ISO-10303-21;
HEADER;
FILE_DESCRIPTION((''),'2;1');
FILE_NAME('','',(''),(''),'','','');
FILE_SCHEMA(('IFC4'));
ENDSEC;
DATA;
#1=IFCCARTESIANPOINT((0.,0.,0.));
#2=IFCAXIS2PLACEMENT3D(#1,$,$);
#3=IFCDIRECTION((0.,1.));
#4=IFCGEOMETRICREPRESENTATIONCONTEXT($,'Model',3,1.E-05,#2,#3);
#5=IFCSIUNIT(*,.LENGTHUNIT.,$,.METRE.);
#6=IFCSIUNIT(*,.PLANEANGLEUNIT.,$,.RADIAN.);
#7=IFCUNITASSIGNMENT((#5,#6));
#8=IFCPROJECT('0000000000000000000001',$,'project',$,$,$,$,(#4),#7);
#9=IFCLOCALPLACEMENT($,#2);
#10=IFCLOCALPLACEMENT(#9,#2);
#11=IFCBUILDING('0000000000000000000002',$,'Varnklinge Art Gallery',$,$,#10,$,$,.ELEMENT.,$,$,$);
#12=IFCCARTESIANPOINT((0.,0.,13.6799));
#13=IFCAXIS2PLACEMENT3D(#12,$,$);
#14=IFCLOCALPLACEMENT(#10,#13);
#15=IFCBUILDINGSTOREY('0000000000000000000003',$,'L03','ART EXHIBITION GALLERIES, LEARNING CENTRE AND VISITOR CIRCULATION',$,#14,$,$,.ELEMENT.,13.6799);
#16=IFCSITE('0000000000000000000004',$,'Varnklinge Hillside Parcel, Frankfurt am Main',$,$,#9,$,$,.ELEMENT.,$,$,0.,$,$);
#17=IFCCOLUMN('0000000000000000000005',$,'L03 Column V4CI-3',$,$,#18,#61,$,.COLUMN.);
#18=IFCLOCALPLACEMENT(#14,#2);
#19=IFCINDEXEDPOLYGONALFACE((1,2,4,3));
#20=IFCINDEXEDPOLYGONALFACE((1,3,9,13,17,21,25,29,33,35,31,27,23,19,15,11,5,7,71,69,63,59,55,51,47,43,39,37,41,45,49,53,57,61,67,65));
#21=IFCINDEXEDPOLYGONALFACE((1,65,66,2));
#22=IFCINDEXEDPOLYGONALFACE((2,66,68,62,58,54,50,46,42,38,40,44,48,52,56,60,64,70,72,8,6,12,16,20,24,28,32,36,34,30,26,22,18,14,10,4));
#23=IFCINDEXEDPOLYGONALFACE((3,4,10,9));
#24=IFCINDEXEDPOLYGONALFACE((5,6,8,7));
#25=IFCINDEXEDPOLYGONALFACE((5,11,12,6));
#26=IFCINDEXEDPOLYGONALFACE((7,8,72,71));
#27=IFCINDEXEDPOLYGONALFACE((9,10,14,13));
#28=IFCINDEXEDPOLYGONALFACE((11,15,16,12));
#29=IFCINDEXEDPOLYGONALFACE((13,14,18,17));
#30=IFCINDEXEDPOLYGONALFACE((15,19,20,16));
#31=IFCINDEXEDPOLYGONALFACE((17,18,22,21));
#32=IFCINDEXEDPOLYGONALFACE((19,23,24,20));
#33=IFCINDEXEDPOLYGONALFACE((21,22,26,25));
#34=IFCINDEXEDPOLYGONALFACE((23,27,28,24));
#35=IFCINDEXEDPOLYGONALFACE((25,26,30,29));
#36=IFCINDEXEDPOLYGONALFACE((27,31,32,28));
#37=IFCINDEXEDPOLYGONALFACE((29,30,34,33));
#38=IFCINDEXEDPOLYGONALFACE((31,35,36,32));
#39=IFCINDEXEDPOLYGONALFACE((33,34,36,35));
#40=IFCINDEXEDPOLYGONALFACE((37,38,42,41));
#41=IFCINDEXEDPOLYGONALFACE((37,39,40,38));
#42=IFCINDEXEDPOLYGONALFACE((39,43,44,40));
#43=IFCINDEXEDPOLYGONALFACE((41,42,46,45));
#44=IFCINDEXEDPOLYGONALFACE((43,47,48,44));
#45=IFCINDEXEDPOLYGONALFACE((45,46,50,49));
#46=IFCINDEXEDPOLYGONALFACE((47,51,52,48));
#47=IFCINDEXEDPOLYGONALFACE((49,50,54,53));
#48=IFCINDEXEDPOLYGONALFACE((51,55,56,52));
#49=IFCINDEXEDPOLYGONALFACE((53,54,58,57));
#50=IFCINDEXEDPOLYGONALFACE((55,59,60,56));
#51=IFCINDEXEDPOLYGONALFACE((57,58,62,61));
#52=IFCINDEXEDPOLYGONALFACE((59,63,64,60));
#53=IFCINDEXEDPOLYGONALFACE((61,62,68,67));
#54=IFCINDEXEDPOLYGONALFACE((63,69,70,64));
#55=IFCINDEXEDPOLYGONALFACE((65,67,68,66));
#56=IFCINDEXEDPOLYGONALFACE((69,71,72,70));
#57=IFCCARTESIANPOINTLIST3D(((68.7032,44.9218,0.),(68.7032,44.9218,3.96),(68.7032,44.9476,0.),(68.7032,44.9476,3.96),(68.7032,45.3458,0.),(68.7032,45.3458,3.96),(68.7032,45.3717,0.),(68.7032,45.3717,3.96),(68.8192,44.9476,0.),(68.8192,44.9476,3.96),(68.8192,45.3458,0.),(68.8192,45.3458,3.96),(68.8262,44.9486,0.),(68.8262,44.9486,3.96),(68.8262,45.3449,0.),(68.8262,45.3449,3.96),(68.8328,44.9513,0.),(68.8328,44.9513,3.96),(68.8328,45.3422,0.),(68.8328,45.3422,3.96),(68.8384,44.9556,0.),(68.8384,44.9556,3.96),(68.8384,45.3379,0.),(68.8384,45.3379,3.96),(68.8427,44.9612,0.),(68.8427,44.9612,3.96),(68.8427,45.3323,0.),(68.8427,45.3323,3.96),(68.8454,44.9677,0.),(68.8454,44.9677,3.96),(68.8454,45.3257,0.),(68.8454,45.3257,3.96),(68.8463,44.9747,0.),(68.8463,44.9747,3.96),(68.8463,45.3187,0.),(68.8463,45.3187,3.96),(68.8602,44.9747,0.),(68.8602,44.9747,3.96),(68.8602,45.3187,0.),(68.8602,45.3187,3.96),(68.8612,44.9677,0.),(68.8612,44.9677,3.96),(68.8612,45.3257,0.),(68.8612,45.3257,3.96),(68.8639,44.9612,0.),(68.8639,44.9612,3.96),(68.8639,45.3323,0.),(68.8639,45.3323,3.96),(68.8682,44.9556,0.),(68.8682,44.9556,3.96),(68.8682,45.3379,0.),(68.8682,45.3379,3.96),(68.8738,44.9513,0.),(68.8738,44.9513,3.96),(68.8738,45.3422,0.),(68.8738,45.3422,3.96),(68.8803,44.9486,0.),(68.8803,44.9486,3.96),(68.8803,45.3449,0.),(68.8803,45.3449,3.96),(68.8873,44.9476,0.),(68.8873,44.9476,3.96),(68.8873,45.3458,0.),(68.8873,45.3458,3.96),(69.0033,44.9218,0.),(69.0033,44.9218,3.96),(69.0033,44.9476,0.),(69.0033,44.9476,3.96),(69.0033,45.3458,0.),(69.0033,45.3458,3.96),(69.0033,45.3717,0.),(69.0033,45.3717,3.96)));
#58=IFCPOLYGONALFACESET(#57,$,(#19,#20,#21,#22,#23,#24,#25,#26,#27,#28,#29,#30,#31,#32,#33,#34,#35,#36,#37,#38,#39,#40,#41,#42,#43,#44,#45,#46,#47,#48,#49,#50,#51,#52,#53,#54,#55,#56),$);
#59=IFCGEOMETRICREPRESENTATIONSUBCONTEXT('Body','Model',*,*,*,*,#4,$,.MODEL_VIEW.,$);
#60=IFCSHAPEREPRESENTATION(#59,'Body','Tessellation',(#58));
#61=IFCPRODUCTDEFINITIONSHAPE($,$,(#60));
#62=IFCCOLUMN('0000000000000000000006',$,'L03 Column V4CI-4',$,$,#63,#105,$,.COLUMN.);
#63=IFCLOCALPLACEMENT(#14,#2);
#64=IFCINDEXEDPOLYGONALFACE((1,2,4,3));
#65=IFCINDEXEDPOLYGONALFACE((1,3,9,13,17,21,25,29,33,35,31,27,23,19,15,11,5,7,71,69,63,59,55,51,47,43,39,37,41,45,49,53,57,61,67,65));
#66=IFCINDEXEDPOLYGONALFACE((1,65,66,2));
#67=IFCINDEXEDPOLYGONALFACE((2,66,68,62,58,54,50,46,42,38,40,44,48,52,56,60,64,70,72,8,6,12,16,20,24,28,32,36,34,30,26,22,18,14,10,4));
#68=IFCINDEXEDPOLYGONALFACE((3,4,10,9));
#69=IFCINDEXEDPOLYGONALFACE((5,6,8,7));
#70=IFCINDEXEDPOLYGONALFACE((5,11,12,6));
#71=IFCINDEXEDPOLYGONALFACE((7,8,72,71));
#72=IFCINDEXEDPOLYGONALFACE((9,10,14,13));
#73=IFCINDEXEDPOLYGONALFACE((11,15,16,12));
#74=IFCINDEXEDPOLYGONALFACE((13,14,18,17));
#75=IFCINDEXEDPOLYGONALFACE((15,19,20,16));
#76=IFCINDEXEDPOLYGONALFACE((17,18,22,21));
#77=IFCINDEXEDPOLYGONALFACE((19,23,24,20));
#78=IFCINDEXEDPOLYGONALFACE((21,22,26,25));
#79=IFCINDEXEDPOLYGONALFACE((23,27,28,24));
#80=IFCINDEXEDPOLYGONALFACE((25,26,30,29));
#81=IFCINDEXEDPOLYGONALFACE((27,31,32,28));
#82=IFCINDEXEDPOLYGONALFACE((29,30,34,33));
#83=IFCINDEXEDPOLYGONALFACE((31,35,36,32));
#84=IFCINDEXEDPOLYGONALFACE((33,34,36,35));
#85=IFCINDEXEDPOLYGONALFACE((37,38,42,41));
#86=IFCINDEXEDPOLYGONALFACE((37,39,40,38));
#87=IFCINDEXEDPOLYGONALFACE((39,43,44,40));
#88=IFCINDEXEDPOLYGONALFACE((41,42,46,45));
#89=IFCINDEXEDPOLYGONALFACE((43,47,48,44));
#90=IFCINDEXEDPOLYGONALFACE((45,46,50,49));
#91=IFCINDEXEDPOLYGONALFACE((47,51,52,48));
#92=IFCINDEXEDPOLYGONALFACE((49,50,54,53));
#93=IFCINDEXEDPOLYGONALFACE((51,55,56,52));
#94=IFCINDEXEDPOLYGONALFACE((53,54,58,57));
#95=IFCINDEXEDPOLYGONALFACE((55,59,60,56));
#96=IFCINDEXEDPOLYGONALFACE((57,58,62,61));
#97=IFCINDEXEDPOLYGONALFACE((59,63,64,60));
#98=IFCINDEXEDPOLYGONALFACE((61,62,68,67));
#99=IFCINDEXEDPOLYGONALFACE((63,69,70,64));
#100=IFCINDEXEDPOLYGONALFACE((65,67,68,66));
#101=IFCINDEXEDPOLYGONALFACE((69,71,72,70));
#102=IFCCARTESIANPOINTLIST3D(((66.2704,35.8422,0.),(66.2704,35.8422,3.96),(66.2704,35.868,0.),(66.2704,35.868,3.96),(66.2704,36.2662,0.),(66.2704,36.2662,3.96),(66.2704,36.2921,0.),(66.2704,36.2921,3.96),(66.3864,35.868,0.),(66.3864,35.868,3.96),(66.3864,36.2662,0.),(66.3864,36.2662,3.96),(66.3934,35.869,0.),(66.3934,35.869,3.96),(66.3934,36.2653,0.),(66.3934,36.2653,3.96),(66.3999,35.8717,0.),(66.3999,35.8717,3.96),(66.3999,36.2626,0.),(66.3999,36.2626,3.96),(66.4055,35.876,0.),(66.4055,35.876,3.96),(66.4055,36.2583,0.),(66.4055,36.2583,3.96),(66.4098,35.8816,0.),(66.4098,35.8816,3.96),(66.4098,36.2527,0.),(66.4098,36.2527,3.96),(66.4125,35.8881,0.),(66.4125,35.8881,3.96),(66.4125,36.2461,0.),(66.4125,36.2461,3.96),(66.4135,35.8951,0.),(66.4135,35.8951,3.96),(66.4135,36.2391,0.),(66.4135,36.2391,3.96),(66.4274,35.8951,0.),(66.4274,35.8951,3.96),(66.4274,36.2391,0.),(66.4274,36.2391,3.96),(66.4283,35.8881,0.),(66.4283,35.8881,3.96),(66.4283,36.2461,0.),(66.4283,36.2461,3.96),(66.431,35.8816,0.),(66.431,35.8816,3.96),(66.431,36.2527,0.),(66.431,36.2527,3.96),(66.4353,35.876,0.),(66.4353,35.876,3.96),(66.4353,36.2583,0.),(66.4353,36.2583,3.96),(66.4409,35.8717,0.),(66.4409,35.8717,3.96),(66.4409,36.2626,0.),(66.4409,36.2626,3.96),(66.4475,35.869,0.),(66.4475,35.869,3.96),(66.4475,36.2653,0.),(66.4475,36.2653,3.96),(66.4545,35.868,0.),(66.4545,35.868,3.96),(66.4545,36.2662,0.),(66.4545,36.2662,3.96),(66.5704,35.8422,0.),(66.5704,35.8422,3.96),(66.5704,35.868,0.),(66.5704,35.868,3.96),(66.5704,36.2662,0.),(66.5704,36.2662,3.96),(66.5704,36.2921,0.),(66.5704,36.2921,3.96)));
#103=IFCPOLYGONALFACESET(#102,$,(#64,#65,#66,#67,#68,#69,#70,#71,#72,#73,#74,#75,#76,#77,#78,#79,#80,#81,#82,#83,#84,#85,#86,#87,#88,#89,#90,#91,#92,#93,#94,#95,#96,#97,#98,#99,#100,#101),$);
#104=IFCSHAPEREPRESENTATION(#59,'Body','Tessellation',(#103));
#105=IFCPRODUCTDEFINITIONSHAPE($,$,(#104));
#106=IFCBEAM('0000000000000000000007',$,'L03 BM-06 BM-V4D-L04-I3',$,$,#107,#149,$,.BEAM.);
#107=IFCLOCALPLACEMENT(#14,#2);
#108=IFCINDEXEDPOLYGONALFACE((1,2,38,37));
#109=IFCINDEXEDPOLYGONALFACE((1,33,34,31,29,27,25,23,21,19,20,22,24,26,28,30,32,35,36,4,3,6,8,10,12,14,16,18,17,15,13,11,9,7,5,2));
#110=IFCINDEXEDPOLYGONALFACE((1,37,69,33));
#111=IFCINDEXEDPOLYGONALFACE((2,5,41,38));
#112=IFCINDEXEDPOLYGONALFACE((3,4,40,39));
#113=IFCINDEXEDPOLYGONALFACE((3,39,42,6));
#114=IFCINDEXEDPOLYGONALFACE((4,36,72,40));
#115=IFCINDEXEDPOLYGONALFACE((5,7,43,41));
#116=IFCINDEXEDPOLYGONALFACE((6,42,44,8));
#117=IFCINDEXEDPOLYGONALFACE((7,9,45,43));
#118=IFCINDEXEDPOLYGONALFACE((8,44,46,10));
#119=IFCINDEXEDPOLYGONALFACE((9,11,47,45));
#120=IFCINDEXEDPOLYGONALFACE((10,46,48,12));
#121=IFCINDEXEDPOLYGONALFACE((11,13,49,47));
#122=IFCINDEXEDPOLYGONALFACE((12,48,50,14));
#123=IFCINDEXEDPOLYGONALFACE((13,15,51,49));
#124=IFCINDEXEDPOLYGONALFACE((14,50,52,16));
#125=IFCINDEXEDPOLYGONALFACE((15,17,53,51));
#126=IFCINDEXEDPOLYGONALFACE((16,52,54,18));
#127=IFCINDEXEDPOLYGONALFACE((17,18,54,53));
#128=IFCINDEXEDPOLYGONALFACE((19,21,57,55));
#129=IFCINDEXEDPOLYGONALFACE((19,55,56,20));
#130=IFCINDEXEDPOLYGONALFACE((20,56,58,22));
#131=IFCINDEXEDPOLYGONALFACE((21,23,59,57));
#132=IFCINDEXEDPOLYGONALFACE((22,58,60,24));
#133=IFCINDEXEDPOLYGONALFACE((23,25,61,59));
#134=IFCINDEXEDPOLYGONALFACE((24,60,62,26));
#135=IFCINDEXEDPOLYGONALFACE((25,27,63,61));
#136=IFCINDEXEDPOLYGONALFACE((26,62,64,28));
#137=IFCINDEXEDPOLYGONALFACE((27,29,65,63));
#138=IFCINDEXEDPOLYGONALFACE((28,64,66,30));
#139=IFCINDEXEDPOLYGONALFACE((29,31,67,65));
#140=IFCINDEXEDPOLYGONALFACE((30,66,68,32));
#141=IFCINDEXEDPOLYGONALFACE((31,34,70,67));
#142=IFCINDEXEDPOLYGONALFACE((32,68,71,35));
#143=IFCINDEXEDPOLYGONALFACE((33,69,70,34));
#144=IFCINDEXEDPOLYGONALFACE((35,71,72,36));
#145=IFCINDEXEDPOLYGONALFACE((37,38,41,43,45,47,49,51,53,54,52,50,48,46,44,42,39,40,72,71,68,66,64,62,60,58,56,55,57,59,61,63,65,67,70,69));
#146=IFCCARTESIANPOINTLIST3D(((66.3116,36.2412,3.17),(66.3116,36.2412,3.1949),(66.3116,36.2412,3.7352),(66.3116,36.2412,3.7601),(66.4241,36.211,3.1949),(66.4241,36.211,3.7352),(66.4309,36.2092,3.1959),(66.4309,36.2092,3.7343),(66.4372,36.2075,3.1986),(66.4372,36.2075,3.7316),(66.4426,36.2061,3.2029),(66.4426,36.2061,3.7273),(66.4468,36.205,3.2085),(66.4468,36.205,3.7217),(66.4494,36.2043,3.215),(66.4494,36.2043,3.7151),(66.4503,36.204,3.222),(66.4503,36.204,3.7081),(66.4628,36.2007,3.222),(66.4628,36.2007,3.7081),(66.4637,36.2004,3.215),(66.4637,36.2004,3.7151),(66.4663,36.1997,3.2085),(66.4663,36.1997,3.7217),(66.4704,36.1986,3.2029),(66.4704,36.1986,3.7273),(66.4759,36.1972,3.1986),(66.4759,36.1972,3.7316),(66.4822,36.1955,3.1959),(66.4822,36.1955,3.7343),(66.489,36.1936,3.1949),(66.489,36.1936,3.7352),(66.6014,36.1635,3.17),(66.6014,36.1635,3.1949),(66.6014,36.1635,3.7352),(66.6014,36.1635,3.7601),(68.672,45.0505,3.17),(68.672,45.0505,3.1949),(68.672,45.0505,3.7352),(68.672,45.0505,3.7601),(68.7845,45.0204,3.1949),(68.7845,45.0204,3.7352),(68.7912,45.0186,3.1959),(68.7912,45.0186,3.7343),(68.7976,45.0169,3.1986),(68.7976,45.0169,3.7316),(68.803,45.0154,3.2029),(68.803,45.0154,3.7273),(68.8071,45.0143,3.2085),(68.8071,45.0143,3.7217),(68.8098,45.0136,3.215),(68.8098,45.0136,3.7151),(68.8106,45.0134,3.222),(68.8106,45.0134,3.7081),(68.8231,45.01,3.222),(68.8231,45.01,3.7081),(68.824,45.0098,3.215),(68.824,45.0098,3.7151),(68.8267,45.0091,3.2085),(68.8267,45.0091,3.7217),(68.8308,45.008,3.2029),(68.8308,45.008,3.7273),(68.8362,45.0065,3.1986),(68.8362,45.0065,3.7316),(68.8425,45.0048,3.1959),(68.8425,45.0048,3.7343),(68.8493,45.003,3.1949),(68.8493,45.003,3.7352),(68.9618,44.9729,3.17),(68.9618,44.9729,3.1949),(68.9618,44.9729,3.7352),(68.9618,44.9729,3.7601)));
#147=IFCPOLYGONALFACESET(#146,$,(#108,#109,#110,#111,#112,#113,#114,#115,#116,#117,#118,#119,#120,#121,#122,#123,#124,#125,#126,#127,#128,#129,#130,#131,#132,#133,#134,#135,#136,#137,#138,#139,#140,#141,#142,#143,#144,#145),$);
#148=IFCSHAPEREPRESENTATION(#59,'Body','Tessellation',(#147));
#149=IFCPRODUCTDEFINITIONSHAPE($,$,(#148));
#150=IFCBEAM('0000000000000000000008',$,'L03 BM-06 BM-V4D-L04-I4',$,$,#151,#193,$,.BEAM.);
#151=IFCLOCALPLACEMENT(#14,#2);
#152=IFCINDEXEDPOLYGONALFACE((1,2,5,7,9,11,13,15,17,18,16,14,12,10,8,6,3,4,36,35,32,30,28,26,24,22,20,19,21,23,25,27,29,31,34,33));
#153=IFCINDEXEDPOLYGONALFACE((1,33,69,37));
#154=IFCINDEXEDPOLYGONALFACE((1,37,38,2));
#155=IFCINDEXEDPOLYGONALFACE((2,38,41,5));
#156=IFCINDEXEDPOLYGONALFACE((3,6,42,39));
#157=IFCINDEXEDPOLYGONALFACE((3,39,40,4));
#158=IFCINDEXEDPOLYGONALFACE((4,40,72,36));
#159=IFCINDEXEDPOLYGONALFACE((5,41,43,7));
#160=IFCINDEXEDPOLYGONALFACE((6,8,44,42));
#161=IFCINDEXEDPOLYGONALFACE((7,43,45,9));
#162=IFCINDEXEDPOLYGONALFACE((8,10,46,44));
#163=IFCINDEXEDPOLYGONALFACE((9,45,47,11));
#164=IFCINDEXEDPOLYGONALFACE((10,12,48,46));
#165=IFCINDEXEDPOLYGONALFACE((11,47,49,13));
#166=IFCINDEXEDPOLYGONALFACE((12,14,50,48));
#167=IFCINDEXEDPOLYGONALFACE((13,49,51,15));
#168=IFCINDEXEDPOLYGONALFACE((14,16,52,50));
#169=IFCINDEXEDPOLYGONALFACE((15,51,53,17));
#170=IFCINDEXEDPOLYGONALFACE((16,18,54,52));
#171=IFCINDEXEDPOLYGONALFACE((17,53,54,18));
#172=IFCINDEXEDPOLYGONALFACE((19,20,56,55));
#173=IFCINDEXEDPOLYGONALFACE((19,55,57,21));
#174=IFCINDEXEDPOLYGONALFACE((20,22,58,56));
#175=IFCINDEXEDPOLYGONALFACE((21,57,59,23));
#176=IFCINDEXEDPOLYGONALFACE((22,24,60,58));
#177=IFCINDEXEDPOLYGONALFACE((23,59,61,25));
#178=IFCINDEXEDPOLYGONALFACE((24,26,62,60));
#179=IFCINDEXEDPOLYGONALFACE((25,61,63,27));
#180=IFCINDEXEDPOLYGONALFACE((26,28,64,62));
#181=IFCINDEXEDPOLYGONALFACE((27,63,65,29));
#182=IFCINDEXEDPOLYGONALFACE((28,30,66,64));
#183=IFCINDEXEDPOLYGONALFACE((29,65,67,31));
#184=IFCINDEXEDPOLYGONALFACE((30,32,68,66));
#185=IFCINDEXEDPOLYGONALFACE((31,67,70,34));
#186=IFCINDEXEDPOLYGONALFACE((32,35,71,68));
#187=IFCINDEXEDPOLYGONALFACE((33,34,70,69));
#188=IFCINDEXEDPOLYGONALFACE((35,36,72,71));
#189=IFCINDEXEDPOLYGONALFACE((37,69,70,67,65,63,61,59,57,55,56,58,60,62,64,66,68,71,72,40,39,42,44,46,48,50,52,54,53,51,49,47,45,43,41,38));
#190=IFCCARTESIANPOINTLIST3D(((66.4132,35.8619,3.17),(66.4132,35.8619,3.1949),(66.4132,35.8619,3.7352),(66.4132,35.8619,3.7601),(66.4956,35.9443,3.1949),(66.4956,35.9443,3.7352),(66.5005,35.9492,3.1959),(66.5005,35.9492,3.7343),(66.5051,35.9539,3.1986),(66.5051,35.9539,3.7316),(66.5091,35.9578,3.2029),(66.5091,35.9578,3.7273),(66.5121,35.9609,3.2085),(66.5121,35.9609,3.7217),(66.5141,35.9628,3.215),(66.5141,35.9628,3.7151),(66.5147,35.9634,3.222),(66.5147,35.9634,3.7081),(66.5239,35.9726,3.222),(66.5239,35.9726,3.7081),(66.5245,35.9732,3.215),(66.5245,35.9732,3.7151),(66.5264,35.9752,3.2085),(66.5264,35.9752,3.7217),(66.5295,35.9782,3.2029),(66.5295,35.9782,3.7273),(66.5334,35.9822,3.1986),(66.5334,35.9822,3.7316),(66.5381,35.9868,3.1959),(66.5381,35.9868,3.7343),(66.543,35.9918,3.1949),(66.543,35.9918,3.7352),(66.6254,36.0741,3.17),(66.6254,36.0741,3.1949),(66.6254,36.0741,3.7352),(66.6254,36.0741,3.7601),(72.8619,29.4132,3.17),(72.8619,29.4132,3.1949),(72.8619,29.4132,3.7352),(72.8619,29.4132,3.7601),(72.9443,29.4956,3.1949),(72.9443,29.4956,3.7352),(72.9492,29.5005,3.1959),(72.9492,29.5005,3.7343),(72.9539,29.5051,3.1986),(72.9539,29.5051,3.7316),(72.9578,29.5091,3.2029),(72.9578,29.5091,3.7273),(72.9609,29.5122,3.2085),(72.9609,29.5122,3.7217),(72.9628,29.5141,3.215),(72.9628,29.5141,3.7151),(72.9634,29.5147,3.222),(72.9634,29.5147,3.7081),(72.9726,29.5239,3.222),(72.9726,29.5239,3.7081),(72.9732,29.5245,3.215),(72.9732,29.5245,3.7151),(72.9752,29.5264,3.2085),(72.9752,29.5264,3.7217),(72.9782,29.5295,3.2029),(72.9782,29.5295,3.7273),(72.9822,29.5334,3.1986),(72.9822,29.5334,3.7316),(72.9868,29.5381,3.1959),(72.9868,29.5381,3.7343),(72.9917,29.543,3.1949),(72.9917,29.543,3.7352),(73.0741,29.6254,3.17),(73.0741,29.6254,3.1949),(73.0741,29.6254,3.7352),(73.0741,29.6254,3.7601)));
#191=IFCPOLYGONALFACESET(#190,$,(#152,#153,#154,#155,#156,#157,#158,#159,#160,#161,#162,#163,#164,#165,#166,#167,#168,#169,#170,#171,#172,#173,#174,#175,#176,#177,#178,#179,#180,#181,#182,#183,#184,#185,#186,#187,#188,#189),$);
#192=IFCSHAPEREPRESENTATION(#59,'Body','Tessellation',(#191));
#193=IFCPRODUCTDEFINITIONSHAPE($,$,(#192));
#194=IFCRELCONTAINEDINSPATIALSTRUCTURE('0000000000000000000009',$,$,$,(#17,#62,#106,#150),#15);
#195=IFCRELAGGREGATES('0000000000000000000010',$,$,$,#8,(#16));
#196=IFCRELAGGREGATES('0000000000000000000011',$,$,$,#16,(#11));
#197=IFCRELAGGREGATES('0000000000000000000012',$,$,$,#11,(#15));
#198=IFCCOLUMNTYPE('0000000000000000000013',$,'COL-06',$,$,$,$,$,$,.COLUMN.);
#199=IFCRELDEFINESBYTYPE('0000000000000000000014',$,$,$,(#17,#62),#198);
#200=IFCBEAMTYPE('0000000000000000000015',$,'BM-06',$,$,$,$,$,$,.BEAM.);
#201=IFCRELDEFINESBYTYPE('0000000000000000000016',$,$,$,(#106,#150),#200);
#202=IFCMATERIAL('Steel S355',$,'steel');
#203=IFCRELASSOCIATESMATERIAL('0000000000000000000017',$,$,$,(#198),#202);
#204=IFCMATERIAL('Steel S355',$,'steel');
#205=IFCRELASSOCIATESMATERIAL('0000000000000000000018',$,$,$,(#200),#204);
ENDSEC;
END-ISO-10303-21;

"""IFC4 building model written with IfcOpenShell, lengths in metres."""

from ifc_helpers import new_model, si_unit, direction, frame, origin, origin_2d, place, context, subcontext, project, spatial, i_section, extrude, material, material_profile, profile_set, type_object, element, save


model = new_model("IFC4")

# Units and contexts
model_context = context("Model", 3, precision=1e-05, world=origin(), true_north=direction((0.0, 1.0)))
body_context = subcontext(model_context, "Body", "Model", "MODEL_VIEW")
ifc_project = project(units=[si_unit("LENGTHUNIT", "METRE"), si_unit("PLANEANGLEUNIT", "RADIAN")], contexts=[model_context])

# Site, building, storey
site_placement = place(None, origin())
site = spatial("IfcSite", under=ifc_project, at=site_placement, Name="Varnklinge Hillside Parcel, Frankfurt am Main", CompositionType="ELEMENT", RefElevation=0.0)
building_placement = place(site_placement, origin())
building = spatial("IfcBuilding", under=site, at=building_placement, Name="Varnklinge Art Gallery", CompositionType="ELEMENT")
storey_placement = place(building_placement, frame((0.0, 0.0, 13.6799)))
storey = spatial("IfcBuildingStorey", under=building, at=storey_placement, Name="L03", Description="ART EXHIBITION GALLERIES, LEARNING CENTRE AND VISITOR CIRCULATION", CompositionType="ELEMENT", Elevation=13.6799)

# Columns
ifc_material_1 = material(Name="Steel S355", Category="steel")
ifc_material_profile_1 = material_profile(ifc_material_1, i_section(OverallWidth=0.3, OverallDepth=0.45, WebThickness=0.0139, FlangeThickness=0.0259, FilletRadius=0.0271, at=origin_2d()), Name="HEB 450")
ifc_profile_set_1 = profile_set([ifc_material_profile_1], Name="Steel S355")
column_type = type_object("IfcColumnType", Name="COL-06", PredefinedType="COLUMN", material=ifc_profile_set_1)
for number, where, z_axis, x_axis, name in (
    (1, (68.8533, 45.1467, 0.0), (0.0, 0.0, 1.0), (1.0, 0.0, 0.0), "L03 Column V4CI-3"),
    (2, (66.4204, 36.0671, 0.0), (0.0, 0.0, 1.0), (1.0, 0.0, 0.0), "L03 Column V4CI-4"),
):
    element("IfcColumn", number, at=place(storey_placement, frame(where, z_axis=z_axis, x_axis=x_axis)), inside=storey, type_object=column_type, Name=name, PredefinedType="COLUMN", context=body_context, shape_type="SweptSolid", body=[
        extrude(i_section(OverallWidth=0.3, OverallDepth=0.45, WebThickness=0.0139, FlangeThickness=0.0259, FilletRadius=0.0271, at=origin_2d()), origin(), (0.0, 0.0, 1.0), 3.96),
    ])

# Beams
ifc_material_2 = material(Name="Steel S355", Category="steel")
ifc_material_profile_2 = material_profile(ifc_material_2, i_section(OverallWidth=0.3, OverallDepth=0.5901, WebThickness=0.0129, FlangeThickness=0.0249, FilletRadius=0.0271, at=origin_2d()), Name="HEA 600")
ifc_profile_set_2 = profile_set([ifc_material_profile_2], Name="Steel S355")
beam_type_1 = type_object("IfcBeamType", Name="BM-06", PredefinedType="BEAM", material=ifc_profile_set_2)
beam_1_placement = place(storey_placement, frame((68.8169, 45.0117, 3.4651), z_axis=(-0.258809, -0.965929, 0.0), x_axis=(0.965929, -0.258809, 0.0)))
element("IfcBeam", 3, at=beam_1_placement, inside=storey, type_object=beam_type_1, Name="L03 BM-06 BM-V4D-L04-I3", PredefinedType="BEAM", context=body_context, shape_type="SweptSolid", body=[
    extrude(i_section(OverallWidth=0.3, OverallDepth=0.5901, WebThickness=0.0129, FlangeThickness=0.0249, FilletRadius=0.0271, at=origin_2d()), origin(), (0.0, 0.0, 1.0), 9.1201),
])
beam_2_placement = place(storey_placement, frame((66.5193, 35.968, 3.4651), z_axis=(0.707107, -0.707107, 0.0), x_axis=(0.707107, 0.707107, 0.0)))
element("IfcBeam", 4, at=beam_2_placement, inside=storey, type_object=beam_type_1, Name="L03 BM-06 BM-V4D-L04-I4", PredefinedType="BEAM", context=body_context, shape_type="SweptSolid", body=[
    extrude(i_section(OverallWidth=0.3, OverallDepth=0.5901, WebThickness=0.0129, FlangeThickness=0.0249, FilletRadius=0.0271, at=origin_2d()), origin(), (0.0, 0.0, 1.0), 9.1199),
])

save(model, "model.ifc")
